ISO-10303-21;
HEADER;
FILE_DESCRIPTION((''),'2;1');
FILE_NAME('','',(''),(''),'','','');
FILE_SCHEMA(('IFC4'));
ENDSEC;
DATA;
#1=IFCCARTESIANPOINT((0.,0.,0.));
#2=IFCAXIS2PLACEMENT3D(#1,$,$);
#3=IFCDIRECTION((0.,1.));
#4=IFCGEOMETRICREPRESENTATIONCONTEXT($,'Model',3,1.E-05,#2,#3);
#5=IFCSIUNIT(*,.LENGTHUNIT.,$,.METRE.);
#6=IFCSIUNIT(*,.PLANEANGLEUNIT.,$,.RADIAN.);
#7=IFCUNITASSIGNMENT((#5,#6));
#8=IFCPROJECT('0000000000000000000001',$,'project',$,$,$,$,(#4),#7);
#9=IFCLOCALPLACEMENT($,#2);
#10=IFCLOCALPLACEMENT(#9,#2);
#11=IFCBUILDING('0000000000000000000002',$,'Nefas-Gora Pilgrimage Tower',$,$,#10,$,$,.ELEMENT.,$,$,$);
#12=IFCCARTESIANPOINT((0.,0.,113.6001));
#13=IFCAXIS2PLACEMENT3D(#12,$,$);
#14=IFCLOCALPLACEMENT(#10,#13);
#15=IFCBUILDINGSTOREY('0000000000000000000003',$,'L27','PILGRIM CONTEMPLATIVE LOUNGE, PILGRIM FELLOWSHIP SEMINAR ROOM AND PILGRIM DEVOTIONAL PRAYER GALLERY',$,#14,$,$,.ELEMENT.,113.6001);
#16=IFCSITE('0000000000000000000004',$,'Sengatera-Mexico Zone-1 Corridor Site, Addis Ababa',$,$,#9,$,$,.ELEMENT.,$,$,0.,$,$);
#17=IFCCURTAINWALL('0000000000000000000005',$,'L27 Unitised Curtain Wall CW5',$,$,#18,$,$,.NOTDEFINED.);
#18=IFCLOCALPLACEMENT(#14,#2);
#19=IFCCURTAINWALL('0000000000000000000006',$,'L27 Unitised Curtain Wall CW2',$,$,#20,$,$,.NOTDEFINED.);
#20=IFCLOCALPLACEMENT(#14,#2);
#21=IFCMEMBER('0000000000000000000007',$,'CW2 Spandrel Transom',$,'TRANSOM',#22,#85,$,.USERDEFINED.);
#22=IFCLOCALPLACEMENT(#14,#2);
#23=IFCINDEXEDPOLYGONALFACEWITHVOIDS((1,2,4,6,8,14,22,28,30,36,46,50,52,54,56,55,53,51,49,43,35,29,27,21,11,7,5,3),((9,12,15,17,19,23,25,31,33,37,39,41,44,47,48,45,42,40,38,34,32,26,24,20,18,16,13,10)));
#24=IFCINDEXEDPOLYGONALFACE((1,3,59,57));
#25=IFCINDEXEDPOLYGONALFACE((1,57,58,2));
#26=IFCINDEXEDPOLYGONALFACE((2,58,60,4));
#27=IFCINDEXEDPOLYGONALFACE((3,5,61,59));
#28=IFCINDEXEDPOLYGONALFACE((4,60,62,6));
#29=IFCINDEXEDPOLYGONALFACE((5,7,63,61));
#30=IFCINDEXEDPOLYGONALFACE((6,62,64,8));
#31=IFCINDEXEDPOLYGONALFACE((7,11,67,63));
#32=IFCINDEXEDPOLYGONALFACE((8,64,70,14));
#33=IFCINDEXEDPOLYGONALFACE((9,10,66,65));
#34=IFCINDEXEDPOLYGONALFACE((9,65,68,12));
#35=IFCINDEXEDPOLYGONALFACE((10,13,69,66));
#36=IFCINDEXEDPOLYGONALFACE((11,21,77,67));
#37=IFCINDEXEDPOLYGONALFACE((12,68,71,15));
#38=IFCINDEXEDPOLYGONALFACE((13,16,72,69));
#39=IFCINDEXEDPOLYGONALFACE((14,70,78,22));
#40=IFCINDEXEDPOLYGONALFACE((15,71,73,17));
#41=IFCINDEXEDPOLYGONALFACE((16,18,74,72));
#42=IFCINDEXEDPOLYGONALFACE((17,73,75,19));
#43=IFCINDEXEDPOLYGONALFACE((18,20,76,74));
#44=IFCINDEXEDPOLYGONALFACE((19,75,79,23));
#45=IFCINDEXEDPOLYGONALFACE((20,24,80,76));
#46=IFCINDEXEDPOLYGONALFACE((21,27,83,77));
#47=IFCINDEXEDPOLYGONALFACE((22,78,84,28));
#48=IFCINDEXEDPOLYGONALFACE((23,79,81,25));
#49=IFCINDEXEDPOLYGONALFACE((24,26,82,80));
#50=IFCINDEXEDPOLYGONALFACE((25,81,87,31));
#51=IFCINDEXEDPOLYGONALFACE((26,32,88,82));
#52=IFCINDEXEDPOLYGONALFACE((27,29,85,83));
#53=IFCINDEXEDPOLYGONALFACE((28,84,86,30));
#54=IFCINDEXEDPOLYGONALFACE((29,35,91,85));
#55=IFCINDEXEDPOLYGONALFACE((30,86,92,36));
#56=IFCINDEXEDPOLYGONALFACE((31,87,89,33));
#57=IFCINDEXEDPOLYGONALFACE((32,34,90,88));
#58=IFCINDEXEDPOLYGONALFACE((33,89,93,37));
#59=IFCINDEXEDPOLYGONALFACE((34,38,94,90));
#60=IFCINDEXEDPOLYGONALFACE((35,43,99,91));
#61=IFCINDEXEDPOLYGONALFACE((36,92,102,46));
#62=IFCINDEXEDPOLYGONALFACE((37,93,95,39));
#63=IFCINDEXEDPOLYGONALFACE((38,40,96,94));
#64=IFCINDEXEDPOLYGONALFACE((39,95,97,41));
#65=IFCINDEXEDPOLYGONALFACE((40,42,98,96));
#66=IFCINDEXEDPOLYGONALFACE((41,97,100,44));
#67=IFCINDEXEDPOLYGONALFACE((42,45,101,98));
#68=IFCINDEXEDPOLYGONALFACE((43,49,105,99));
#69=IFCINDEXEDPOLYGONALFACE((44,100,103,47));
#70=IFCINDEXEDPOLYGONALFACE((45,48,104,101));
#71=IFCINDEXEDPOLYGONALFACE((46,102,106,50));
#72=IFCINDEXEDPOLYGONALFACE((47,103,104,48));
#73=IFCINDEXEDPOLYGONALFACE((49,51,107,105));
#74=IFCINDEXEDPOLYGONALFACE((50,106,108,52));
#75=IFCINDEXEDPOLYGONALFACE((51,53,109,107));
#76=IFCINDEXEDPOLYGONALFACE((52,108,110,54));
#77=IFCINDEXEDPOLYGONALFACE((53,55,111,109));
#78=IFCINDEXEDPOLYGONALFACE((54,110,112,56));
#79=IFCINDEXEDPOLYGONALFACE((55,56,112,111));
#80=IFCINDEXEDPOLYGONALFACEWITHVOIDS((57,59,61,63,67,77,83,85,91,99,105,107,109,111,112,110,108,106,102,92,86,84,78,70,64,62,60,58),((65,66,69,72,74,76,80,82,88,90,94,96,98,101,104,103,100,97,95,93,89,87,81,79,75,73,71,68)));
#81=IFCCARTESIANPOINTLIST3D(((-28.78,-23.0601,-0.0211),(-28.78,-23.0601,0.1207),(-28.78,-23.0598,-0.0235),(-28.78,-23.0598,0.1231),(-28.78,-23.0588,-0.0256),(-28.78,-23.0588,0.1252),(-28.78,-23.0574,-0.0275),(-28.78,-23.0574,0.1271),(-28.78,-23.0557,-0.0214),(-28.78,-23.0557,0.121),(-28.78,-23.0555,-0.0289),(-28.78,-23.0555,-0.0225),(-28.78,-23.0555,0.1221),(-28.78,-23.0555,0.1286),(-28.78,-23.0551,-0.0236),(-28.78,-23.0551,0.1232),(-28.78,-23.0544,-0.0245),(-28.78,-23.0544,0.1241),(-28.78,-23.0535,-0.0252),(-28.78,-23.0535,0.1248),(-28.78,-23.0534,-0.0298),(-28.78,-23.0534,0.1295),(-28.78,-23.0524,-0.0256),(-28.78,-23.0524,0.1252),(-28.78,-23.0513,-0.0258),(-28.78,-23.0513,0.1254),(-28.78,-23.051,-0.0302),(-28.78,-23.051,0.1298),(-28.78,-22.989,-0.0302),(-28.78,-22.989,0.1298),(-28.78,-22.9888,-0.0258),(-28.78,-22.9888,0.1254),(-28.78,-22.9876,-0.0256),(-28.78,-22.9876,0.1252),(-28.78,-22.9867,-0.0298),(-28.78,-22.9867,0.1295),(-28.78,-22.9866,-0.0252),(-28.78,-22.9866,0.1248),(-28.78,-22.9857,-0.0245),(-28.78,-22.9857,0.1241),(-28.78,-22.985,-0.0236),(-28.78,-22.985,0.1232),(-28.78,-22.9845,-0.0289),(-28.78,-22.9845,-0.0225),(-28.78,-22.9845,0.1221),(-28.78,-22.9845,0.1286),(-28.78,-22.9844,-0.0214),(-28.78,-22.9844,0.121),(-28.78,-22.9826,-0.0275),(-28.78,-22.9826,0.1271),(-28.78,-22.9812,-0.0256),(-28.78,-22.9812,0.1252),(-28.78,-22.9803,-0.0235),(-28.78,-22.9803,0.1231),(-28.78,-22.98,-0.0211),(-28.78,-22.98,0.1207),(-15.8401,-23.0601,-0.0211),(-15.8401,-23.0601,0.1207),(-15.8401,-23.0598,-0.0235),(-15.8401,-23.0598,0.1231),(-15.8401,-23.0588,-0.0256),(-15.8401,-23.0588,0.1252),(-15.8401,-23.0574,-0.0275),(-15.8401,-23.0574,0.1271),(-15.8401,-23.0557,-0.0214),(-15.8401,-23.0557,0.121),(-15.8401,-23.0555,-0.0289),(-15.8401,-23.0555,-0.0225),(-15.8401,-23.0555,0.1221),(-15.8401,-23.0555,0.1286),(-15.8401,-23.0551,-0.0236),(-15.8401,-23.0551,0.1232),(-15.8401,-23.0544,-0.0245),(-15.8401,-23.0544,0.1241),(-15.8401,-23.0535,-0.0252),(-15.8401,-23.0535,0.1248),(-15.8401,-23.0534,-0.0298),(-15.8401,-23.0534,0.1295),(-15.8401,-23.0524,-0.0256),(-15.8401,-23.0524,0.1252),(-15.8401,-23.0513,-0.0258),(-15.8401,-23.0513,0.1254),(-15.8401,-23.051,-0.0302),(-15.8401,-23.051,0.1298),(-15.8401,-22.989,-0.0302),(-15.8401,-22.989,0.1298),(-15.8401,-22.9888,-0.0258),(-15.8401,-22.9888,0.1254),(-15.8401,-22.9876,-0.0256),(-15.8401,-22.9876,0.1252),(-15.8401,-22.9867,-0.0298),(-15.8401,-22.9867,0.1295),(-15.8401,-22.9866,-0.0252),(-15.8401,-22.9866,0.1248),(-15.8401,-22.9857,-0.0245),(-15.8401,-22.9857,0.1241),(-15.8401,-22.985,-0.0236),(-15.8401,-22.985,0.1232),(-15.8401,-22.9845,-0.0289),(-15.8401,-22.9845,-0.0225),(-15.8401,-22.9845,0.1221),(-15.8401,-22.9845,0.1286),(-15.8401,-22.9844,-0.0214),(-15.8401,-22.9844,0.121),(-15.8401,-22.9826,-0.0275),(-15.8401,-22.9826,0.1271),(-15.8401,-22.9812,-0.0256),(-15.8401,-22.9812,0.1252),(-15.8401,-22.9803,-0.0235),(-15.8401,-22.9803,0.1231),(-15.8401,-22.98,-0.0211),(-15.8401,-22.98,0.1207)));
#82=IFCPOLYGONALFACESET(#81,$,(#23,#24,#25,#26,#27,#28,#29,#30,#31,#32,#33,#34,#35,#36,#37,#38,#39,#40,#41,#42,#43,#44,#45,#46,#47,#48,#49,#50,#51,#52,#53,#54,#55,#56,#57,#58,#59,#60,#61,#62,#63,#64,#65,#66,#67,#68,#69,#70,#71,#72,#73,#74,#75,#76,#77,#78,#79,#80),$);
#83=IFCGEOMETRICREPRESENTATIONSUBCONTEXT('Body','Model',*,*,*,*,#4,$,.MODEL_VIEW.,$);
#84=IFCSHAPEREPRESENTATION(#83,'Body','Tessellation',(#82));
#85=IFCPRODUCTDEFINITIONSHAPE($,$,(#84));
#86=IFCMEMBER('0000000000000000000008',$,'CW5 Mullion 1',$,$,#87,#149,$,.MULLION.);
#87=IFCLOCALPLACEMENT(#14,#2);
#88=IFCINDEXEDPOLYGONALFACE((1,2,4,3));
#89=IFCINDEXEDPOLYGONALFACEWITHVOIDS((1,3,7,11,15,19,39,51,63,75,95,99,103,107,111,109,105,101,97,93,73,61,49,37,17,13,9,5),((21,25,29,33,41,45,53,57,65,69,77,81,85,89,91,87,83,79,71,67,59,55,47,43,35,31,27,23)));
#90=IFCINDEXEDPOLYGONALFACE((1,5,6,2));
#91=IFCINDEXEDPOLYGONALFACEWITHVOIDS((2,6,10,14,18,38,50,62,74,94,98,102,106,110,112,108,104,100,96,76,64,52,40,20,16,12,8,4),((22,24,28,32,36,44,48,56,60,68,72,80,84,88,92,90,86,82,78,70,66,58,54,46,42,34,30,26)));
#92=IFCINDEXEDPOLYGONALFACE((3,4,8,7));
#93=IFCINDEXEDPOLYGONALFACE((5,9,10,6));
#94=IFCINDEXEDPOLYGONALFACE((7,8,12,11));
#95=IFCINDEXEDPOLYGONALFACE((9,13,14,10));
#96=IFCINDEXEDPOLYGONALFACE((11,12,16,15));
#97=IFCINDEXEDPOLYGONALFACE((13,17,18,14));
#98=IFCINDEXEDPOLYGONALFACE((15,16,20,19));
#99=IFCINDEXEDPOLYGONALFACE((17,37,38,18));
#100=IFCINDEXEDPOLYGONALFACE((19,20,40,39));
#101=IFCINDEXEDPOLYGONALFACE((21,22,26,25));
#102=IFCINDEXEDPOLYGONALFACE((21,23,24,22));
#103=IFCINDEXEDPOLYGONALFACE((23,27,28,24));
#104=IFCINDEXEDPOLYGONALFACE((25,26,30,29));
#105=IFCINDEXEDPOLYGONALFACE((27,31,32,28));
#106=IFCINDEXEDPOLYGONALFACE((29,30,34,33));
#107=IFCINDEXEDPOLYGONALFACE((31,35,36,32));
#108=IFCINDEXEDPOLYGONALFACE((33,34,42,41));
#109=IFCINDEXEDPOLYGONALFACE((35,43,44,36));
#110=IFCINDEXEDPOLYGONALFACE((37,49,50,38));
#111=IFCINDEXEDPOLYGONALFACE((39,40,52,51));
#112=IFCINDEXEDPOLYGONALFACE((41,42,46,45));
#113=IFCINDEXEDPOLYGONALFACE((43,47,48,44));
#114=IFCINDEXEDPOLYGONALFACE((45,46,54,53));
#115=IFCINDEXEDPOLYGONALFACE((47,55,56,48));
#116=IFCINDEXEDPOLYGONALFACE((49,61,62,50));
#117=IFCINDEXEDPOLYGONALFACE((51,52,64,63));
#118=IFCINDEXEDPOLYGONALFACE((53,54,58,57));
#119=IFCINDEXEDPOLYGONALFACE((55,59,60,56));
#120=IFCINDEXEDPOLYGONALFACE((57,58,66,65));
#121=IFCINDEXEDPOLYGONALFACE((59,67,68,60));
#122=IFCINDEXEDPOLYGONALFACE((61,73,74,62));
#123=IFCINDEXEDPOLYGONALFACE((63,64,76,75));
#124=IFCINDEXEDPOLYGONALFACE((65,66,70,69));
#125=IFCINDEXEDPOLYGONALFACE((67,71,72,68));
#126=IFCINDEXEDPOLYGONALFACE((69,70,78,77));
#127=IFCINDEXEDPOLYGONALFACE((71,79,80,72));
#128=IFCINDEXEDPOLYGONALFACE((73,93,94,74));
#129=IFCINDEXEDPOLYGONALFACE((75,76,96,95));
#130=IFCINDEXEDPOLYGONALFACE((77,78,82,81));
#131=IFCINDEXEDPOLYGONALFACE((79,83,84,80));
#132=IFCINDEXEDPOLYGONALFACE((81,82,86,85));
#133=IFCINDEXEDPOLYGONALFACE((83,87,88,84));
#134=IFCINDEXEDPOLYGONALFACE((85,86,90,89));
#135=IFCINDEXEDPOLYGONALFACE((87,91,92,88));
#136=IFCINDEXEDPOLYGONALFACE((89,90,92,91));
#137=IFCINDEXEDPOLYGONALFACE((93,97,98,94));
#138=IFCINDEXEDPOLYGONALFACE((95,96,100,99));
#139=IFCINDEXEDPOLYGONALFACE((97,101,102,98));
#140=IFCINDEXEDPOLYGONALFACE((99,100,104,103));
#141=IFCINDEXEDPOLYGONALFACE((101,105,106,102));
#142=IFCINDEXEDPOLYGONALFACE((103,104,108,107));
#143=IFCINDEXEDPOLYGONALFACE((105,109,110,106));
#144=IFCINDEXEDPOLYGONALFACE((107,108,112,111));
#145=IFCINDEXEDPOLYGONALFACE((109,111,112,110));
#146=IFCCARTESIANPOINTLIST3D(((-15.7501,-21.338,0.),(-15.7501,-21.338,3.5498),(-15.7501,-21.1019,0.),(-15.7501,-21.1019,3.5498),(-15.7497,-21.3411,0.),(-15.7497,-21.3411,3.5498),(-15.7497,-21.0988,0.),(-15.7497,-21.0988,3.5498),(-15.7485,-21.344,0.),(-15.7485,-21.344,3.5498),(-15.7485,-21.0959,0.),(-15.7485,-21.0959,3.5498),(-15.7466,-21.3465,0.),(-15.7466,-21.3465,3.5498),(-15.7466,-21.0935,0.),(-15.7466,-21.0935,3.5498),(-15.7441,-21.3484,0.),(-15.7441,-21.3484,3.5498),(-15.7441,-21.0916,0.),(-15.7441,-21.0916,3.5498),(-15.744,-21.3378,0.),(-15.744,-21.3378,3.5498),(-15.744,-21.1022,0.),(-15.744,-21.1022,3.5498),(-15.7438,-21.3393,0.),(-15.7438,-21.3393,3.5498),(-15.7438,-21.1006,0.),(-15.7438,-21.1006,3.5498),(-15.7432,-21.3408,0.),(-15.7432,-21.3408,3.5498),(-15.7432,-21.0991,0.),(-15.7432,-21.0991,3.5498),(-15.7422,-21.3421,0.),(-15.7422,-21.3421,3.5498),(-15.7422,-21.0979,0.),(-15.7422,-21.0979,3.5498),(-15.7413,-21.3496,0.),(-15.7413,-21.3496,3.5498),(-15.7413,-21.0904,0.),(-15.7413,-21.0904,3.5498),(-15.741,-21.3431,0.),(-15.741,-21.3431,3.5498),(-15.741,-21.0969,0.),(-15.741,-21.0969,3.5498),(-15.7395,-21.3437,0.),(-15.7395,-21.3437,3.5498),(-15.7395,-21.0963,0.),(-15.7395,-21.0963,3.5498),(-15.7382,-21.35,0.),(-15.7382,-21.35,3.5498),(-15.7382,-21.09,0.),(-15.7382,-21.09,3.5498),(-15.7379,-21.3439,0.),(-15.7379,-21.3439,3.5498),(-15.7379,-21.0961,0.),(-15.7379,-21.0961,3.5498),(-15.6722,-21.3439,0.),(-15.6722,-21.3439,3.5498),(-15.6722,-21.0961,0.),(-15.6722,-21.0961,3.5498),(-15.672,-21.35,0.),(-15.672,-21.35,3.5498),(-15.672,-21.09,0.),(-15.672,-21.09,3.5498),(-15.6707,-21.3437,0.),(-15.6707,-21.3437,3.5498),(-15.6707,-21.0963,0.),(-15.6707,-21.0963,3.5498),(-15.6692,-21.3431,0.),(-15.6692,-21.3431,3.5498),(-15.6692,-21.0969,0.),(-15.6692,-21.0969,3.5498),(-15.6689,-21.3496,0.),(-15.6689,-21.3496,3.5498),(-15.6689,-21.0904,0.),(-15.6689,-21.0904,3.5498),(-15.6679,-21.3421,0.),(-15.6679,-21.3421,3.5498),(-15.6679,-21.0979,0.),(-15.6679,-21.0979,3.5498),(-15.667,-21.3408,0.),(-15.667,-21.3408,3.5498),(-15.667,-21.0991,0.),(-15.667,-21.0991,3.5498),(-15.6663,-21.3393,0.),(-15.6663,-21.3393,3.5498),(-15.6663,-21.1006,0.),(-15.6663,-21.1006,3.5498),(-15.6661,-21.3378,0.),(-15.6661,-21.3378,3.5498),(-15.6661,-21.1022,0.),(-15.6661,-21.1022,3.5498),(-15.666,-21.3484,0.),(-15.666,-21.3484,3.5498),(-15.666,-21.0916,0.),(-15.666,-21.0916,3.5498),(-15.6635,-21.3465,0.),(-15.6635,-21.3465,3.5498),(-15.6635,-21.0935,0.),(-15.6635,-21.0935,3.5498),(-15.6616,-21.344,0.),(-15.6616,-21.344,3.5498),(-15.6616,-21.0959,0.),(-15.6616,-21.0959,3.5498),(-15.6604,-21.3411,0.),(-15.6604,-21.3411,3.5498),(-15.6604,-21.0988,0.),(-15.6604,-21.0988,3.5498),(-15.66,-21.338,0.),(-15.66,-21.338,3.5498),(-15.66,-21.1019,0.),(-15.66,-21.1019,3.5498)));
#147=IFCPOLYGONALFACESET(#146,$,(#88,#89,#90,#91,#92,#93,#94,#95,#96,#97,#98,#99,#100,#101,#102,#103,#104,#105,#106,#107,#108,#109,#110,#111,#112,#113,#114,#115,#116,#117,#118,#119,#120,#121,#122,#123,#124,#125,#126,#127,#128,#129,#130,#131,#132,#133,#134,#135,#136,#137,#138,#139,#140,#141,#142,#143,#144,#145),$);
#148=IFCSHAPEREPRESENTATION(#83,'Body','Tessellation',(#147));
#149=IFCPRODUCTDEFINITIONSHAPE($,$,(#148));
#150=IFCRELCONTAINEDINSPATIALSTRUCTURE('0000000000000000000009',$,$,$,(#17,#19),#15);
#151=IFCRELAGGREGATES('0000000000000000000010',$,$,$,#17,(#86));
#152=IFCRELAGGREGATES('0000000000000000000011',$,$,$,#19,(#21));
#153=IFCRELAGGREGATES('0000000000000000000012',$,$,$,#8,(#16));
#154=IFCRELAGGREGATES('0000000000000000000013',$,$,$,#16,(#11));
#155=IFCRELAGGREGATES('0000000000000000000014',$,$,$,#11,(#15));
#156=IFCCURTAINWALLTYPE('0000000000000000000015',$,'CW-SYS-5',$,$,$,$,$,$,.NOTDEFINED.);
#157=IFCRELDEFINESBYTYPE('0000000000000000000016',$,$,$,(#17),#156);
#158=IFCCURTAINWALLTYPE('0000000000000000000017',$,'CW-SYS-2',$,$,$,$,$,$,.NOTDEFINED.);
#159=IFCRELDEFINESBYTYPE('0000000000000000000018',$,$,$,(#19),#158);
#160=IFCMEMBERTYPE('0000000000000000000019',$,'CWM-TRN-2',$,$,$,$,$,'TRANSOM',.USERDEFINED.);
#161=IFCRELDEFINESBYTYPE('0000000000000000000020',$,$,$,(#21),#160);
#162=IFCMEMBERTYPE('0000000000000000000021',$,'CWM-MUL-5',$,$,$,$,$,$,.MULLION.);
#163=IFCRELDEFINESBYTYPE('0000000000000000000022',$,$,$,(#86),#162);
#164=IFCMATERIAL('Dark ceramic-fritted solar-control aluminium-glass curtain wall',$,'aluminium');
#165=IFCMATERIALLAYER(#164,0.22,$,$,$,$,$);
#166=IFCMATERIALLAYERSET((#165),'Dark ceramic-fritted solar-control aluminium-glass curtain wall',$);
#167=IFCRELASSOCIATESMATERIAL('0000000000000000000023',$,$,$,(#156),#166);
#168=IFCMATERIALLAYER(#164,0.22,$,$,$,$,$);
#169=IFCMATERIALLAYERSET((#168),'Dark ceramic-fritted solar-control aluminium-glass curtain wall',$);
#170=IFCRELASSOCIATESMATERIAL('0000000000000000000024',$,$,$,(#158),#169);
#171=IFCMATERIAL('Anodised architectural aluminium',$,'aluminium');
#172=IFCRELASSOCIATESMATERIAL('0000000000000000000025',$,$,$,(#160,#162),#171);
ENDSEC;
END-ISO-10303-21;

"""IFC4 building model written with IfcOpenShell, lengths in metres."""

from ifc_helpers import new_model, si_unit, direction, frame, origin, origin_2d, place, context, subcontext, project, spatial, hollow_rectangle, extrude, source, transform, mapped, material, layer, layer_set, material_profile, profile_set, type_object, element, aggregate, save


model = new_model("IFC4")

# Units and contexts
model_context = context("Model", 3, precision=1e-05, world=origin(), true_north=direction((0.0, 1.0)))
body_context = subcontext(model_context, "Body", "Model", "MODEL_VIEW")
ifc_project = project(units=[si_unit("LENGTHUNIT", "METRE"), si_unit("PLANEANGLEUNIT", "RADIAN")], contexts=[model_context])

# Site, building, storey
site_placement = place(None, origin())
site = spatial("IfcSite", under=ifc_project, at=site_placement, Name="Sengatera-Mexico Zone-1 Corridor Site, Addis Ababa", CompositionType="ELEMENT", RefElevation=0.0)
building_placement = place(site_placement, origin())
building = spatial("IfcBuilding", under=site, at=building_placement, Name="Nefas-Gora Pilgrimage Tower", CompositionType="ELEMENT")
storey_placement = place(building_placement, frame((0.0, 0.0, 113.6001)))
storey = spatial("IfcBuildingStorey", under=building, at=storey_placement, Name="L27", Description="PILGRIM CONTEMPLATIVE LOUNGE, PILGRIM FELLOWSHIP SEMINAR ROOM AND PILGRIM DEVOTIONAL PRAYER GALLERY", CompositionType="ELEMENT", Elevation=113.6001)

# Curtain walls, member
ifc_material_1 = material(Name="Dark ceramic-fritted solar-control aluminium-glass curtain wall", Category="aluminium")
ifc_layer_1 = layer(ifc_material_1, 0.22)
ifc_layer_set_1 = layer_set([ifc_layer_1], Name="Dark ceramic-fritted solar-control aluminium-glass curtain wall")
curtain_wall_type_1 = type_object("IfcCurtainWallType", Name="CW-SYS-5", PredefinedType="NOTDEFINED", material=ifc_layer_set_1)
curtain_wall_1_placement = place(storey_placement, origin())
curtain_wall_1 = element("IfcCurtainWall", 1, at=curtain_wall_1_placement, inside=storey, type_object=curtain_wall_type_1, Name="L27 Unitised Curtain Wall CW5", PredefinedType="NOTDEFINED")
ifc_material_2 = material(Name="Anodised architectural aluminium", Category="aluminium")
ifc_layer_2 = layer(ifc_material_1, 0.22)
ifc_layer_set_2 = layer_set([ifc_layer_2], Name="Dark ceramic-fritted solar-control aluminium-glass curtain wall")
curtain_wall_type_2 = type_object("IfcCurtainWallType", Name="CW-SYS-2", PredefinedType="NOTDEFINED", material=ifc_layer_set_2)
ifc_material_profile_1 = material_profile(ifc_material_2, hollow_rectangle(XDim=0.0801, YDim=0.1599, WallThickness=0.0044, InnerFilletRadius=0.0044, OuterFilletRadius=0.009, at=origin_2d()), Name="ALU TRANSOM 80x160")
ifc_profile_set_1 = profile_set([ifc_material_profile_1], Name="Anodised architectural aluminium")
member_type_1 = type_object("IfcMemberType", Name="CWM-TRN-2", ElementType="TRANSOM", PredefinedType="USERDEFINED", material=ifc_profile_set_1)
curtain_wall_2_placement = place(storey_placement, origin())
curtain_wall_2 = element("IfcCurtainWall", 2, at=curtain_wall_2_placement, inside=storey, type_object=curtain_wall_type_2, Name="L27 Unitised Curtain Wall CW2", PredefinedType="NOTDEFINED")
shared_shape_1 = source(origin(), body_context, "Body", "SweptSolid", [
    extrude(hollow_rectangle(XDim=0.0801, YDim=0.1599, WallThickness=0.0044, InnerFilletRadius=0.0044, OuterFilletRadius=0.009, at=origin_2d()), origin(), (0.0, 0.0, 1.0), 12.9399),
])
member_1_placement = place(storey_placement, frame((-28.78, -23.02, 0.0498), z_axis=(1.0, 0.0, 0.0), x_axis=(0.0, 1.0, 0.0)))
member_1 = element("IfcMember", 3, at=member_1_placement, type_object=member_type_1, Name="CW2 Spandrel Transom", ObjectType="TRANSOM", PredefinedType="USERDEFINED", context=body_context, shape_type="MappedRepresentation", body=[
    mapped(shared_shape_1, transform((0.0, 0.0, 0.0), x_axis=(1.0, 0.0, 0.0), y_axis=(0.0, 1.0, 0.0), z_axis=(0.0, 0.0, 1.0), scale=1.0)),
])

# Member
ifc_material_profile_2 = material_profile(ifc_material_2, hollow_rectangle(XDim=0.0901, YDim=0.26, WallThickness=0.0061, InnerFilletRadius=0.0061, OuterFilletRadius=0.012, at=origin_2d()), Name="ALU MULLION 90x260")
ifc_profile_set_2 = profile_set([ifc_material_profile_2], Name="Anodised architectural aluminium")
member_type_2 = type_object("IfcMemberType", Name="CWM-MUL-5", PredefinedType="MULLION", material=ifc_profile_set_2)
shared_shape_2 = source(origin(), body_context, "Body", "SweptSolid", [
    extrude(hollow_rectangle(XDim=0.0901, YDim=0.26, WallThickness=0.0061, InnerFilletRadius=0.0061, OuterFilletRadius=0.012, at=origin_2d()), origin(), (0.0, 0.0, 1.0), 3.5498),
])
member_2_placement = place(storey_placement, frame((-15.7051, -21.22, 0.0), z_axis=(0.0, 0.0, 1.0), x_axis=(1.0, 0.0, 0.0)))
member_2 = element("IfcMember", 4, at=member_2_placement, type_object=member_type_2, Name="CW5 Mullion 1", PredefinedType="MULLION", context=body_context, shape_type="MappedRepresentation", body=[
    mapped(shared_shape_2, transform((0.0, 0.0, 0.0), x_axis=(1.0, 0.0, 0.0), y_axis=(0.0, 1.0, 0.0), z_axis=(0.0, 0.0, 1.0), scale=1.0)),
])
aggregate(curtain_wall_1, [member_2])

aggregate(curtain_wall_2, [member_1])

save(model, "model.ifc")
